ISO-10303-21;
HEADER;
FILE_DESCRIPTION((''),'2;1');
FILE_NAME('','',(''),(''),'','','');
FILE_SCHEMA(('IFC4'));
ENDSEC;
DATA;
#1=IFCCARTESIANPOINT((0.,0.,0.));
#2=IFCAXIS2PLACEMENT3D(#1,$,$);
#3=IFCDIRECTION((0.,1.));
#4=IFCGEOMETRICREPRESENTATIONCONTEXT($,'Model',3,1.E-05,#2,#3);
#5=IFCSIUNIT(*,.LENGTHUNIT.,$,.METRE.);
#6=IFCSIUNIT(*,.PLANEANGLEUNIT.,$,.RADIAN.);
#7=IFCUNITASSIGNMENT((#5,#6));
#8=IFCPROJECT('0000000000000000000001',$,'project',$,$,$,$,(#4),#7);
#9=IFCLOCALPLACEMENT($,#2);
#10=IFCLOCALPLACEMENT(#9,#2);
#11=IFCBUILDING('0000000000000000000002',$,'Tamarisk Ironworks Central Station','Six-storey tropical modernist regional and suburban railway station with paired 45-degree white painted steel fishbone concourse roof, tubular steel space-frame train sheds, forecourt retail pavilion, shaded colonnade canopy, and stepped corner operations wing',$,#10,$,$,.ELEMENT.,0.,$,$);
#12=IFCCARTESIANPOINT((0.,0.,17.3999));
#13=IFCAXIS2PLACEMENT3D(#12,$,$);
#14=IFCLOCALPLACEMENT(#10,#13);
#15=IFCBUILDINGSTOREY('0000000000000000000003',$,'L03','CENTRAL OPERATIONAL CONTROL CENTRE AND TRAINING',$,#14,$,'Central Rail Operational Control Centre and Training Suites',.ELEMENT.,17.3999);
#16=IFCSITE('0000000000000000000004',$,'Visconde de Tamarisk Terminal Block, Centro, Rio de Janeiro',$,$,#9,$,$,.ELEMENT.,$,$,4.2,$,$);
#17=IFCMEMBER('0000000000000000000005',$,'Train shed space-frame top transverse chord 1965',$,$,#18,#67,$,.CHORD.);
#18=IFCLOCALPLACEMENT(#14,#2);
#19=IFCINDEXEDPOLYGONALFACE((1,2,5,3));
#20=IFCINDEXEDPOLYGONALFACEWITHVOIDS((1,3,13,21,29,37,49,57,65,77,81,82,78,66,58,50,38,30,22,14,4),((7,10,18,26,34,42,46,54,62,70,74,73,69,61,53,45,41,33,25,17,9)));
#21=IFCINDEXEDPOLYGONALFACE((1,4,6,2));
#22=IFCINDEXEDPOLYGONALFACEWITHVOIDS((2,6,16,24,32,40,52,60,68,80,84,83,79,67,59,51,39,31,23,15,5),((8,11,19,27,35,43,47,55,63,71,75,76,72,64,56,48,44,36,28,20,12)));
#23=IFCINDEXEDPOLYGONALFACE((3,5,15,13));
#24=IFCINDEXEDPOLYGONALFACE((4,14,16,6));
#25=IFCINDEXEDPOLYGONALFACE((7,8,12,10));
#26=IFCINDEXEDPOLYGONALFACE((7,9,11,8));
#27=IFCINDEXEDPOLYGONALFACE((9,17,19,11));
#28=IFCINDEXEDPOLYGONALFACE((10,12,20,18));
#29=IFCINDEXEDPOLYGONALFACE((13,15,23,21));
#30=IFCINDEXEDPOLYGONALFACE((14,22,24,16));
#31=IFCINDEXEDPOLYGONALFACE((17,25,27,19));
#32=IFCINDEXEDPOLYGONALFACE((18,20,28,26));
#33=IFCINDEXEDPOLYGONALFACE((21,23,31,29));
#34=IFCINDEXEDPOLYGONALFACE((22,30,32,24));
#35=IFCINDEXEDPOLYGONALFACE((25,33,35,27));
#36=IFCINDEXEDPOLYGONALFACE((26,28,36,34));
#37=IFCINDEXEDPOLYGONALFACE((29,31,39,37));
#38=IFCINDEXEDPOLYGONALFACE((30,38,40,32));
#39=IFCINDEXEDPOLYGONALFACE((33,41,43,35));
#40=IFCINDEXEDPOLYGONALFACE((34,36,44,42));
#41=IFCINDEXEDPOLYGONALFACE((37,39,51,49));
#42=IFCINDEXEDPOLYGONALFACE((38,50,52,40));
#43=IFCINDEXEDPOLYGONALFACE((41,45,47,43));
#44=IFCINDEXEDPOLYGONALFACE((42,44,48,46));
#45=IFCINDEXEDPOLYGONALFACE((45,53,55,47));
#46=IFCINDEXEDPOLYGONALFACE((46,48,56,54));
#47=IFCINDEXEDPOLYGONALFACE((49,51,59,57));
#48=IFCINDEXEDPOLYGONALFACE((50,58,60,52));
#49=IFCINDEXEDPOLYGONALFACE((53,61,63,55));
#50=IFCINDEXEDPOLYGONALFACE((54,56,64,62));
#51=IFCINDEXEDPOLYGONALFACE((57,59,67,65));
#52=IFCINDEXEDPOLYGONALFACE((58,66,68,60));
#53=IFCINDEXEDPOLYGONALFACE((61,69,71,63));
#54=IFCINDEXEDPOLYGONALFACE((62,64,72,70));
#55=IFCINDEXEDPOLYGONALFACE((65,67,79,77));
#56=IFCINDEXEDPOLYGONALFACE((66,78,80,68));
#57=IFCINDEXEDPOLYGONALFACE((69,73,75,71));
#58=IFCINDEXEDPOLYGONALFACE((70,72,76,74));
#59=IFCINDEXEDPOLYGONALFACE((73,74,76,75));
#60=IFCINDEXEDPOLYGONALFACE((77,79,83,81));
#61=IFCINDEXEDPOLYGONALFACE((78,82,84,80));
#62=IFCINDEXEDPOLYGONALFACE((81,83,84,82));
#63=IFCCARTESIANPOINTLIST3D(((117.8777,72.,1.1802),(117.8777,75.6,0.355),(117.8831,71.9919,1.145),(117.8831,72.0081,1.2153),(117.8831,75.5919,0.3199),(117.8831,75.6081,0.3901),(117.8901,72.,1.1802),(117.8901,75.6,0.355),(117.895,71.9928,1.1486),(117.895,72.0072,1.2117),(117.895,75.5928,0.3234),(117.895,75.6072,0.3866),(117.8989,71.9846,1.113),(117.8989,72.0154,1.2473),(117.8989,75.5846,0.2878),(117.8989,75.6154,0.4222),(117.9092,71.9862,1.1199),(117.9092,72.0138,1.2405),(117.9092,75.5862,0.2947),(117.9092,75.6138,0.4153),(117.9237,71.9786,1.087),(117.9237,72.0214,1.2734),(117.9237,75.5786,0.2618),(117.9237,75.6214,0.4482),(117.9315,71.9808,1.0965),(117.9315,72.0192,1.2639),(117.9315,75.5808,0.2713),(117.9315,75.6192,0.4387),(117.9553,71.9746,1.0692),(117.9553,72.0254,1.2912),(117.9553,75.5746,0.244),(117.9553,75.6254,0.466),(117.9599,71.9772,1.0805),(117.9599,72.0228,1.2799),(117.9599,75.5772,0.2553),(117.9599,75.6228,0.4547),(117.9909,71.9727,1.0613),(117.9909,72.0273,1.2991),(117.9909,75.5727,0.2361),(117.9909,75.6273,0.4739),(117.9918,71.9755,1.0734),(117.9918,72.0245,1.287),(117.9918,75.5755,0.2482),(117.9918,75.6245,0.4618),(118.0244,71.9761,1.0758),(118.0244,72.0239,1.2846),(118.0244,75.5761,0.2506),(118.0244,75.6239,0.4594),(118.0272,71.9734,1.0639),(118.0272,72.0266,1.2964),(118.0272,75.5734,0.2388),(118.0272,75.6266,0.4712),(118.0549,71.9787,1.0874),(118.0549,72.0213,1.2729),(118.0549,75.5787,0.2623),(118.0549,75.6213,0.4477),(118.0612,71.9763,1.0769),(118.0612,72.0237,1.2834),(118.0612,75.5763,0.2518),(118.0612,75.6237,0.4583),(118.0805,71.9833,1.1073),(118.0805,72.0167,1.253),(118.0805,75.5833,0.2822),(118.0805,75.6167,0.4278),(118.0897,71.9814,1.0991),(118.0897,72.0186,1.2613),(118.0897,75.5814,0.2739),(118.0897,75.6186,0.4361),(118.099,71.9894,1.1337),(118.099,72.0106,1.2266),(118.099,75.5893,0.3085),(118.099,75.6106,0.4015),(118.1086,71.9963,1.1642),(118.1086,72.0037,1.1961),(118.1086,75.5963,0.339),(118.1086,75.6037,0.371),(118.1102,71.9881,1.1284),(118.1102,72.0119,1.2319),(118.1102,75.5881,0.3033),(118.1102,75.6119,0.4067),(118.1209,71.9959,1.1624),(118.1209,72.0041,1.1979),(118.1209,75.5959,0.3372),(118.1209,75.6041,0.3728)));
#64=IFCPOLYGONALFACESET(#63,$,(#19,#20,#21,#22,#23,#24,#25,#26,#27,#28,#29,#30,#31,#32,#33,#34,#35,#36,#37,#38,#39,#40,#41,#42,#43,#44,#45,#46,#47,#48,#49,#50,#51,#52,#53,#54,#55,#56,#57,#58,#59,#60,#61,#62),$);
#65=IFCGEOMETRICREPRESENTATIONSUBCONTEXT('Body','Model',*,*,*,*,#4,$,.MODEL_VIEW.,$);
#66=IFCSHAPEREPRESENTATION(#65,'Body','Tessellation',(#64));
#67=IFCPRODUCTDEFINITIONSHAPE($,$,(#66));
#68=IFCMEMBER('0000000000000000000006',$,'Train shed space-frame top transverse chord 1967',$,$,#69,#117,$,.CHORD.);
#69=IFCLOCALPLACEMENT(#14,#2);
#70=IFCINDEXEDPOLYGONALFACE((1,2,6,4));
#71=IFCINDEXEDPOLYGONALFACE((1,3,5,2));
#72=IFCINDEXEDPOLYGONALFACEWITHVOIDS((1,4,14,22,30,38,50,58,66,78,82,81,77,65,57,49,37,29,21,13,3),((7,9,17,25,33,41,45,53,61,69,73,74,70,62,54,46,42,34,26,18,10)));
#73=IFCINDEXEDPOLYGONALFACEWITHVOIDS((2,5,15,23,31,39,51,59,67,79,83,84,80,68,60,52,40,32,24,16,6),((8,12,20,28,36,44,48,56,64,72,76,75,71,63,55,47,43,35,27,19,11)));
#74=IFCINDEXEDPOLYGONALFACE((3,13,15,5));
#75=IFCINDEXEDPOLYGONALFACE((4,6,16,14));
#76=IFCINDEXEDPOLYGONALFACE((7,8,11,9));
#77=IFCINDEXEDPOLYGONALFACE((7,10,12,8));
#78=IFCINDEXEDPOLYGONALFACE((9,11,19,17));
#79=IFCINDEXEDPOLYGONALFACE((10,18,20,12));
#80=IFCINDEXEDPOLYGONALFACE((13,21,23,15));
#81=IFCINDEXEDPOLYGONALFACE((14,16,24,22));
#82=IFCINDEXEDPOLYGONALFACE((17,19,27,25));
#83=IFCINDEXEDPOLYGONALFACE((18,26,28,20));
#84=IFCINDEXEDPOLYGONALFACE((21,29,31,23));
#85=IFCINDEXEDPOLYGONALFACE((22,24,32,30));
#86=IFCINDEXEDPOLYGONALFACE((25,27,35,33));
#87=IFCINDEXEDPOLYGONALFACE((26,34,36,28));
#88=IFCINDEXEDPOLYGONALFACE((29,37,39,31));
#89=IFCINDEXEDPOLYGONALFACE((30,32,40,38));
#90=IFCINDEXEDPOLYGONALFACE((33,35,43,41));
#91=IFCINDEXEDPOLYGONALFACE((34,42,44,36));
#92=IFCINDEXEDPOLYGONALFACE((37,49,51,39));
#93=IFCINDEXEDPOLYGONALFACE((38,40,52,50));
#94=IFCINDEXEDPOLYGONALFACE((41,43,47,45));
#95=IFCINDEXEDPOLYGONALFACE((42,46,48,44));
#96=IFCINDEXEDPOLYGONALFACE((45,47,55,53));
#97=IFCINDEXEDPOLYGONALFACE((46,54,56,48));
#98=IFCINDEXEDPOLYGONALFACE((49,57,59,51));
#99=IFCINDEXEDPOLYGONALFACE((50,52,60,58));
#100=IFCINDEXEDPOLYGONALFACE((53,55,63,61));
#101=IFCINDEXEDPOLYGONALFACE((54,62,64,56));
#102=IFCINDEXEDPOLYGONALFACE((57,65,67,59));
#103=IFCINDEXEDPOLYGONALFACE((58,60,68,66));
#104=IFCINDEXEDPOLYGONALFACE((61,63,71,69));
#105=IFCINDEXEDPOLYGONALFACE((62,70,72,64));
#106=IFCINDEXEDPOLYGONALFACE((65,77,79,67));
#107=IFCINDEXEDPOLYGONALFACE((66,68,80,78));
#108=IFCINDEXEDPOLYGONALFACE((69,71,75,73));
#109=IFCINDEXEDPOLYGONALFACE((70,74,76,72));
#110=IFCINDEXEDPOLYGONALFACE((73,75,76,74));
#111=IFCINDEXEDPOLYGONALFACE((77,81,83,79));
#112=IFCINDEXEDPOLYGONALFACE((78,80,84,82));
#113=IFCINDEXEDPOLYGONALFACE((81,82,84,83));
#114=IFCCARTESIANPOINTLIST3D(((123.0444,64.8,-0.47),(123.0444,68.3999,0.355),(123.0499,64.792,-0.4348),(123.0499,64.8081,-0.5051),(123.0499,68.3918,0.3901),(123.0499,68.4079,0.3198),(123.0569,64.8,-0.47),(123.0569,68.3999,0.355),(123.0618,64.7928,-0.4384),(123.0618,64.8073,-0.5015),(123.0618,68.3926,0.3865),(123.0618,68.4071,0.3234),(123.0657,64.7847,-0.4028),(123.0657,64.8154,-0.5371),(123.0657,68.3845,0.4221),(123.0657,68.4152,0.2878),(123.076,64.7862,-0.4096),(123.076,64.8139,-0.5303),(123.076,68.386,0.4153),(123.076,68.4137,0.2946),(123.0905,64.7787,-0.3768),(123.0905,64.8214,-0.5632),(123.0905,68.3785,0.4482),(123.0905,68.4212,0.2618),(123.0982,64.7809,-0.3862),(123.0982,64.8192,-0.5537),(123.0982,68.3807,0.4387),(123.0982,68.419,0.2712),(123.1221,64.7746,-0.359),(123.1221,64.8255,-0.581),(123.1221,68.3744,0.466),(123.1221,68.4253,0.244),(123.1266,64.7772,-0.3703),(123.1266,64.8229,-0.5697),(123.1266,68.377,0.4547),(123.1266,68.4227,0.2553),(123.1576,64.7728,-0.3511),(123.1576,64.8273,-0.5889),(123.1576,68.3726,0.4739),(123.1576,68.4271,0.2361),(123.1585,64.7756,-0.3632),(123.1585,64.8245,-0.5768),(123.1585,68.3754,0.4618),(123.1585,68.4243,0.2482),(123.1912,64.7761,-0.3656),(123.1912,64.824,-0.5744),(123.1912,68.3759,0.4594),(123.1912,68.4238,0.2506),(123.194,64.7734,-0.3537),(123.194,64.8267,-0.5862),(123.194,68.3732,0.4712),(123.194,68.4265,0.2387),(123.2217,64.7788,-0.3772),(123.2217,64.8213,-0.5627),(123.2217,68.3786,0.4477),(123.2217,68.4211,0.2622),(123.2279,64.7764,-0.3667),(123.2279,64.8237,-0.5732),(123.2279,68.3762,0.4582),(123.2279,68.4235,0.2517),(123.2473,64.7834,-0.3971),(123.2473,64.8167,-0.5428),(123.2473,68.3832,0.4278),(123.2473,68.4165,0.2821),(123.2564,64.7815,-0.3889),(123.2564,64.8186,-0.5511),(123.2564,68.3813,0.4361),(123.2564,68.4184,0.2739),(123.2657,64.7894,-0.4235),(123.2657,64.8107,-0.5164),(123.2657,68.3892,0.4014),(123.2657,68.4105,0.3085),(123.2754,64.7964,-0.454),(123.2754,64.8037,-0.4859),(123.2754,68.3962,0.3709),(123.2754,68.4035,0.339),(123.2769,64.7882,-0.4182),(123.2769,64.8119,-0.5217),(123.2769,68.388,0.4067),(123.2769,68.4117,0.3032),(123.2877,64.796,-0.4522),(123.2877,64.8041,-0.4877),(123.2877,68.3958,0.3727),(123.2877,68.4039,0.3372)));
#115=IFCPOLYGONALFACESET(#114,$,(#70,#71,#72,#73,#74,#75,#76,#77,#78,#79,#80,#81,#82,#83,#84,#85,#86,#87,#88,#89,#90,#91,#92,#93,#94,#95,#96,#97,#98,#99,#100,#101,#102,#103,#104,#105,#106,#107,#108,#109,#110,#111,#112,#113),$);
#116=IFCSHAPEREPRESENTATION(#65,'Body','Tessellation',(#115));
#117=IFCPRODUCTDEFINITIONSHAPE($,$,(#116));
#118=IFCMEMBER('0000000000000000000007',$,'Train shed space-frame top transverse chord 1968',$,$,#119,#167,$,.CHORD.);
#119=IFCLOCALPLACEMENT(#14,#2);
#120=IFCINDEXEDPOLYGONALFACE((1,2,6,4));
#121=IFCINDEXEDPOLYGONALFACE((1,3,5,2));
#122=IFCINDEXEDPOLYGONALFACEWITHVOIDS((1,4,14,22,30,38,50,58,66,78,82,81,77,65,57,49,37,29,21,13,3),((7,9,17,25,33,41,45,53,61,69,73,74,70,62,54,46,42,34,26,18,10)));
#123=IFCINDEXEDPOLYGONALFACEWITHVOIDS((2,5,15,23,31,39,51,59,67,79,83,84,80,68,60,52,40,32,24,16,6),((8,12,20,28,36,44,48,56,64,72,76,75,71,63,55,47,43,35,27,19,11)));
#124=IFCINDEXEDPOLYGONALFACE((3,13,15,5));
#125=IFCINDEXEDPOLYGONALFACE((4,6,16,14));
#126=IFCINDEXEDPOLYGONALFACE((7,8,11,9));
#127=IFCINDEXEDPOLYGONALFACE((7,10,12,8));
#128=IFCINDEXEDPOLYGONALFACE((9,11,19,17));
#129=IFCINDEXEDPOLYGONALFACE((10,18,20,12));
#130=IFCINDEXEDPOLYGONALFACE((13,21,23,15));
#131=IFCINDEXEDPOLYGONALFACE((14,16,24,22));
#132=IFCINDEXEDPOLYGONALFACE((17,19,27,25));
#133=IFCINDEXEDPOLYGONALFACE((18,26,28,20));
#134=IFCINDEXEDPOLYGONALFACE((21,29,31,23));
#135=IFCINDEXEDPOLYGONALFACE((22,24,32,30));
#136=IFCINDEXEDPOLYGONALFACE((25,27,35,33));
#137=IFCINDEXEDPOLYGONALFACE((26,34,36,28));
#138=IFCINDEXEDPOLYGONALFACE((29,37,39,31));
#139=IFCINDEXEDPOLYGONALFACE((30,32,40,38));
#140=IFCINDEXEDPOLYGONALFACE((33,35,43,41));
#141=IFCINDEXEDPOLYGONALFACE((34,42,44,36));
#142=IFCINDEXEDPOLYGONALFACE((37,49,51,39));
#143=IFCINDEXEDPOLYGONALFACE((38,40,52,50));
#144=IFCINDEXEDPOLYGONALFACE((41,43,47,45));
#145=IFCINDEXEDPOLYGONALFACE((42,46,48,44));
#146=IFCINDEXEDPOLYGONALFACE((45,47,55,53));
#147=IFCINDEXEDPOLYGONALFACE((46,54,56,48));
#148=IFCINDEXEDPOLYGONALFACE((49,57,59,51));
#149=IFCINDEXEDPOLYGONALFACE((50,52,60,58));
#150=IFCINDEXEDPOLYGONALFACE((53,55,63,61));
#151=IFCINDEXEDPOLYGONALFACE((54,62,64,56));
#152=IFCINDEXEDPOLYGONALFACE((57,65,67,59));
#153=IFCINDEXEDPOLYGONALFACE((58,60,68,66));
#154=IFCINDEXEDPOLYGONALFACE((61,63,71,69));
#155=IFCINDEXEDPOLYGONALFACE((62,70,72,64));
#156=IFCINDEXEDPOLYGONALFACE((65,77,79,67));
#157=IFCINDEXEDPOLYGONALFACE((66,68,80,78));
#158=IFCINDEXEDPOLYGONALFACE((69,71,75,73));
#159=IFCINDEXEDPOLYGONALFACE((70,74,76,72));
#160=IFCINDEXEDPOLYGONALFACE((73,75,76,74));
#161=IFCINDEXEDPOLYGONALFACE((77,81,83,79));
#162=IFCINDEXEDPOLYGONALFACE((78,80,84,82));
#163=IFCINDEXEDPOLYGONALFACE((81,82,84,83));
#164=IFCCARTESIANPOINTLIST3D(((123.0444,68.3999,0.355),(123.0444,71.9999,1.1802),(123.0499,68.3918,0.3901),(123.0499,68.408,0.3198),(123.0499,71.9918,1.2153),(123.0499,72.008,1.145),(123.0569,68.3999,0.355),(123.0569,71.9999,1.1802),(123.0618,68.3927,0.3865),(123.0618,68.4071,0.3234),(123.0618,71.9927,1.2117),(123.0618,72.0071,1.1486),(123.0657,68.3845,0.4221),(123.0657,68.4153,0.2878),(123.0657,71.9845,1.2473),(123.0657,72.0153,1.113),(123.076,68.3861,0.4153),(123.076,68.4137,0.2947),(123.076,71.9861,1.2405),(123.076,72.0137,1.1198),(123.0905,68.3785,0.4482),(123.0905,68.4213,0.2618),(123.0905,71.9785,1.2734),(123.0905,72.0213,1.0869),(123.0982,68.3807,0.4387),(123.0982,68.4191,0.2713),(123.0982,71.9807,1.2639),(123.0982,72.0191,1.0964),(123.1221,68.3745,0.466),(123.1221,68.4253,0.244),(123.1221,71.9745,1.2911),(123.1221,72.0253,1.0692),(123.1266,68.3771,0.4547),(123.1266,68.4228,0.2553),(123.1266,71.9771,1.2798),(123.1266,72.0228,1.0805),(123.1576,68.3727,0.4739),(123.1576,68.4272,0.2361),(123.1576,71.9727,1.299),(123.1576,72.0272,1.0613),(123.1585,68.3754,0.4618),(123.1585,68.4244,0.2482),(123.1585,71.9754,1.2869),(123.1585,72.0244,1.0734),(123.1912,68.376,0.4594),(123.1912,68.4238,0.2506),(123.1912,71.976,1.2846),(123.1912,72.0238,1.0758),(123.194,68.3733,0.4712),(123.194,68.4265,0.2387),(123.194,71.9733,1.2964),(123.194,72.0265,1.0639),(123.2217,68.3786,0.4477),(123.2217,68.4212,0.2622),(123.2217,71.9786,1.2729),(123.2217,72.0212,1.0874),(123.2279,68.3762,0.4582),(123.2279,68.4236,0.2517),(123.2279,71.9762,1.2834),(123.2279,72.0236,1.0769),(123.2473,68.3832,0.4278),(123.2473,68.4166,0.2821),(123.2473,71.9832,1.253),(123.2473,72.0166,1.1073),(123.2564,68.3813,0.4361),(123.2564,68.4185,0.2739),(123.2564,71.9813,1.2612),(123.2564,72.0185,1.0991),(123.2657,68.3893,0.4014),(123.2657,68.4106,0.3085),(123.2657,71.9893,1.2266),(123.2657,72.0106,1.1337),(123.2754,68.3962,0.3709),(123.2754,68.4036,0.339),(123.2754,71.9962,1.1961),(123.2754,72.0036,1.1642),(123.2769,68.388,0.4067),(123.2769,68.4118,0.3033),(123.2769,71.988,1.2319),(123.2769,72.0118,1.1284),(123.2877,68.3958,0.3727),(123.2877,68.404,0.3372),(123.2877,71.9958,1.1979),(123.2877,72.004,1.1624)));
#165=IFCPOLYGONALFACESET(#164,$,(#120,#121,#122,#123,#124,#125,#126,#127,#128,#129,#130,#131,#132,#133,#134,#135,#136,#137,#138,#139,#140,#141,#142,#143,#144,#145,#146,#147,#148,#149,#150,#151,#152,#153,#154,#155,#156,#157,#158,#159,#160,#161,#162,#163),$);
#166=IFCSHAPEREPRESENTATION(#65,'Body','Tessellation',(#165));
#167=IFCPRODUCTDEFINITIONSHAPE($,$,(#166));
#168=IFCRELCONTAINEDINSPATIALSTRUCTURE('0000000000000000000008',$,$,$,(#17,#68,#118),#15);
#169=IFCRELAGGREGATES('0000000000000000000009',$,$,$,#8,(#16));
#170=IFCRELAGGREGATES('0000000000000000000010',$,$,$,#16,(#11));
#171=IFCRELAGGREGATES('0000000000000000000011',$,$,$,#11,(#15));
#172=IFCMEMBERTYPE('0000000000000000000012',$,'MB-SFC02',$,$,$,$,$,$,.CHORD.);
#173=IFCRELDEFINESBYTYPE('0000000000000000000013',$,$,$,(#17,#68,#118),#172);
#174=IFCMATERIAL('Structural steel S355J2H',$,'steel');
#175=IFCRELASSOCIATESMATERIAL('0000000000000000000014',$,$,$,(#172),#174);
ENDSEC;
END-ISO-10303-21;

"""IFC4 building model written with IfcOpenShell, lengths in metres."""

from ifc_helpers import new_model, si_unit, direction, frame, origin, origin_2d, place, context, subcontext, project, spatial, hollow_circle, extrude, material, material_profile, profile_set, type_object, element, save


model = new_model("IFC4")

# Units and contexts
model_context = context("Model", 3, precision=1e-05, world=origin(), true_north=direction((0.0, 1.0)))
body_context = subcontext(model_context, "Body", "Model", "MODEL_VIEW")
ifc_project = project(units=[si_unit("LENGTHUNIT", "METRE"), si_unit("PLANEANGLEUNIT", "RADIAN")], contexts=[model_context])

# Site, building, storey
site_placement = place(None, origin())
site = spatial("IfcSite", under=ifc_project, at=site_placement, Name="Visconde de Tamarisk Terminal Block, Centro, Rio de Janeiro", CompositionType="ELEMENT", RefElevation=4.2)
building_placement = place(site_placement, origin())
building = spatial("IfcBuilding", under=site, at=building_placement, Name="Tamarisk Ironworks Central Station", Description="Six-storey tropical modernist regional and suburban railway station with paired 45-degree white painted steel fishbone concourse roof, tubular steel space-frame train sheds, forecourt retail pavilion, shaded colonnade canopy, and stepped corner operations wing", CompositionType="ELEMENT", ElevationOfRefHeight=0.0)
storey_placement = place(building_placement, frame((0.0, 0.0, 17.3999)))
storey = spatial("IfcBuildingStorey", under=building, at=storey_placement, Name="L03", Description="CENTRAL OPERATIONAL CONTROL CENTRE AND TRAINING", LongName="Central Rail Operational Control Centre and Training Suites", CompositionType="ELEMENT", Elevation=17.3999)

# Members
ifc_material_1 = material(Name="Structural steel S355J2H", Category="steel")
ifc_material_profile_1 = material_profile(ifc_material_1, hollow_circle(Radius=0.1223, WallThickness=0.0125, at=origin_2d()), Name="CHS 244.5x12.5")
ifc_profile_set_1 = profile_set([ifc_material_profile_1], Name="Structural steel S355J2H")
member_type_1 = type_object("IfcMemberType", Name="MB-SFC02", PredefinedType="CHORD", material=ifc_profile_set_1)
for number, where, z_axis, x_axis, name in (
    (1, (118.0, 72.0, 1.1802), (0.0, 0.974722, -0.223421), (-1.0, 0.0, 0.0), "Train shed space-frame top transverse chord 1965"),
):
    element("IfcMember", number, at=place(storey_placement, frame(where, z_axis=z_axis, x_axis=x_axis)), inside=storey, type_object=member_type_1, Name=name, PredefinedType="CHORD", context=body_context, shape_type="SweptSolid", body=[
        extrude(hollow_circle(Radius=0.1223, WallThickness=0.0125, at=origin_2d()), origin(), (0.0, 0.0, 1.0), 3.6934),
    ])
member_1_placement = place(storey_placement, frame((123.1667, 64.8, -0.47), z_axis=(0.0, 0.974733, 0.223372), x_axis=(-1.0, 0.0, 0.0)))
element("IfcMember", 2, at=member_1_placement, inside=storey, type_object=member_type_1, Name="Train shed space-frame top transverse chord 1967", PredefinedType="CHORD", context=body_context, shape_type="SweptSolid", body=[
    extrude(hollow_circle(Radius=0.1223, WallThickness=0.0125, at=origin_2d()), origin(), (0.0, 0.0, 1.0), 3.6931),
])
member_2_placement = place(storey_placement, frame((123.1667, 68.3999, 0.355), z_axis=(0.0, 0.974722, 0.223421), x_axis=(-1.0, 0.0, 0.0)))
element("IfcMember", 3, at=member_2_placement, inside=storey, type_object=member_type_1, Name="Train shed space-frame top transverse chord 1968", PredefinedType="CHORD", context=body_context, shape_type="SweptSolid", body=[
    extrude(hollow_circle(Radius=0.1223, WallThickness=0.0125, at=origin_2d()), origin(), (0.0, 0.0, 1.0), 3.6934),
])

save(model, "model.ifc")
